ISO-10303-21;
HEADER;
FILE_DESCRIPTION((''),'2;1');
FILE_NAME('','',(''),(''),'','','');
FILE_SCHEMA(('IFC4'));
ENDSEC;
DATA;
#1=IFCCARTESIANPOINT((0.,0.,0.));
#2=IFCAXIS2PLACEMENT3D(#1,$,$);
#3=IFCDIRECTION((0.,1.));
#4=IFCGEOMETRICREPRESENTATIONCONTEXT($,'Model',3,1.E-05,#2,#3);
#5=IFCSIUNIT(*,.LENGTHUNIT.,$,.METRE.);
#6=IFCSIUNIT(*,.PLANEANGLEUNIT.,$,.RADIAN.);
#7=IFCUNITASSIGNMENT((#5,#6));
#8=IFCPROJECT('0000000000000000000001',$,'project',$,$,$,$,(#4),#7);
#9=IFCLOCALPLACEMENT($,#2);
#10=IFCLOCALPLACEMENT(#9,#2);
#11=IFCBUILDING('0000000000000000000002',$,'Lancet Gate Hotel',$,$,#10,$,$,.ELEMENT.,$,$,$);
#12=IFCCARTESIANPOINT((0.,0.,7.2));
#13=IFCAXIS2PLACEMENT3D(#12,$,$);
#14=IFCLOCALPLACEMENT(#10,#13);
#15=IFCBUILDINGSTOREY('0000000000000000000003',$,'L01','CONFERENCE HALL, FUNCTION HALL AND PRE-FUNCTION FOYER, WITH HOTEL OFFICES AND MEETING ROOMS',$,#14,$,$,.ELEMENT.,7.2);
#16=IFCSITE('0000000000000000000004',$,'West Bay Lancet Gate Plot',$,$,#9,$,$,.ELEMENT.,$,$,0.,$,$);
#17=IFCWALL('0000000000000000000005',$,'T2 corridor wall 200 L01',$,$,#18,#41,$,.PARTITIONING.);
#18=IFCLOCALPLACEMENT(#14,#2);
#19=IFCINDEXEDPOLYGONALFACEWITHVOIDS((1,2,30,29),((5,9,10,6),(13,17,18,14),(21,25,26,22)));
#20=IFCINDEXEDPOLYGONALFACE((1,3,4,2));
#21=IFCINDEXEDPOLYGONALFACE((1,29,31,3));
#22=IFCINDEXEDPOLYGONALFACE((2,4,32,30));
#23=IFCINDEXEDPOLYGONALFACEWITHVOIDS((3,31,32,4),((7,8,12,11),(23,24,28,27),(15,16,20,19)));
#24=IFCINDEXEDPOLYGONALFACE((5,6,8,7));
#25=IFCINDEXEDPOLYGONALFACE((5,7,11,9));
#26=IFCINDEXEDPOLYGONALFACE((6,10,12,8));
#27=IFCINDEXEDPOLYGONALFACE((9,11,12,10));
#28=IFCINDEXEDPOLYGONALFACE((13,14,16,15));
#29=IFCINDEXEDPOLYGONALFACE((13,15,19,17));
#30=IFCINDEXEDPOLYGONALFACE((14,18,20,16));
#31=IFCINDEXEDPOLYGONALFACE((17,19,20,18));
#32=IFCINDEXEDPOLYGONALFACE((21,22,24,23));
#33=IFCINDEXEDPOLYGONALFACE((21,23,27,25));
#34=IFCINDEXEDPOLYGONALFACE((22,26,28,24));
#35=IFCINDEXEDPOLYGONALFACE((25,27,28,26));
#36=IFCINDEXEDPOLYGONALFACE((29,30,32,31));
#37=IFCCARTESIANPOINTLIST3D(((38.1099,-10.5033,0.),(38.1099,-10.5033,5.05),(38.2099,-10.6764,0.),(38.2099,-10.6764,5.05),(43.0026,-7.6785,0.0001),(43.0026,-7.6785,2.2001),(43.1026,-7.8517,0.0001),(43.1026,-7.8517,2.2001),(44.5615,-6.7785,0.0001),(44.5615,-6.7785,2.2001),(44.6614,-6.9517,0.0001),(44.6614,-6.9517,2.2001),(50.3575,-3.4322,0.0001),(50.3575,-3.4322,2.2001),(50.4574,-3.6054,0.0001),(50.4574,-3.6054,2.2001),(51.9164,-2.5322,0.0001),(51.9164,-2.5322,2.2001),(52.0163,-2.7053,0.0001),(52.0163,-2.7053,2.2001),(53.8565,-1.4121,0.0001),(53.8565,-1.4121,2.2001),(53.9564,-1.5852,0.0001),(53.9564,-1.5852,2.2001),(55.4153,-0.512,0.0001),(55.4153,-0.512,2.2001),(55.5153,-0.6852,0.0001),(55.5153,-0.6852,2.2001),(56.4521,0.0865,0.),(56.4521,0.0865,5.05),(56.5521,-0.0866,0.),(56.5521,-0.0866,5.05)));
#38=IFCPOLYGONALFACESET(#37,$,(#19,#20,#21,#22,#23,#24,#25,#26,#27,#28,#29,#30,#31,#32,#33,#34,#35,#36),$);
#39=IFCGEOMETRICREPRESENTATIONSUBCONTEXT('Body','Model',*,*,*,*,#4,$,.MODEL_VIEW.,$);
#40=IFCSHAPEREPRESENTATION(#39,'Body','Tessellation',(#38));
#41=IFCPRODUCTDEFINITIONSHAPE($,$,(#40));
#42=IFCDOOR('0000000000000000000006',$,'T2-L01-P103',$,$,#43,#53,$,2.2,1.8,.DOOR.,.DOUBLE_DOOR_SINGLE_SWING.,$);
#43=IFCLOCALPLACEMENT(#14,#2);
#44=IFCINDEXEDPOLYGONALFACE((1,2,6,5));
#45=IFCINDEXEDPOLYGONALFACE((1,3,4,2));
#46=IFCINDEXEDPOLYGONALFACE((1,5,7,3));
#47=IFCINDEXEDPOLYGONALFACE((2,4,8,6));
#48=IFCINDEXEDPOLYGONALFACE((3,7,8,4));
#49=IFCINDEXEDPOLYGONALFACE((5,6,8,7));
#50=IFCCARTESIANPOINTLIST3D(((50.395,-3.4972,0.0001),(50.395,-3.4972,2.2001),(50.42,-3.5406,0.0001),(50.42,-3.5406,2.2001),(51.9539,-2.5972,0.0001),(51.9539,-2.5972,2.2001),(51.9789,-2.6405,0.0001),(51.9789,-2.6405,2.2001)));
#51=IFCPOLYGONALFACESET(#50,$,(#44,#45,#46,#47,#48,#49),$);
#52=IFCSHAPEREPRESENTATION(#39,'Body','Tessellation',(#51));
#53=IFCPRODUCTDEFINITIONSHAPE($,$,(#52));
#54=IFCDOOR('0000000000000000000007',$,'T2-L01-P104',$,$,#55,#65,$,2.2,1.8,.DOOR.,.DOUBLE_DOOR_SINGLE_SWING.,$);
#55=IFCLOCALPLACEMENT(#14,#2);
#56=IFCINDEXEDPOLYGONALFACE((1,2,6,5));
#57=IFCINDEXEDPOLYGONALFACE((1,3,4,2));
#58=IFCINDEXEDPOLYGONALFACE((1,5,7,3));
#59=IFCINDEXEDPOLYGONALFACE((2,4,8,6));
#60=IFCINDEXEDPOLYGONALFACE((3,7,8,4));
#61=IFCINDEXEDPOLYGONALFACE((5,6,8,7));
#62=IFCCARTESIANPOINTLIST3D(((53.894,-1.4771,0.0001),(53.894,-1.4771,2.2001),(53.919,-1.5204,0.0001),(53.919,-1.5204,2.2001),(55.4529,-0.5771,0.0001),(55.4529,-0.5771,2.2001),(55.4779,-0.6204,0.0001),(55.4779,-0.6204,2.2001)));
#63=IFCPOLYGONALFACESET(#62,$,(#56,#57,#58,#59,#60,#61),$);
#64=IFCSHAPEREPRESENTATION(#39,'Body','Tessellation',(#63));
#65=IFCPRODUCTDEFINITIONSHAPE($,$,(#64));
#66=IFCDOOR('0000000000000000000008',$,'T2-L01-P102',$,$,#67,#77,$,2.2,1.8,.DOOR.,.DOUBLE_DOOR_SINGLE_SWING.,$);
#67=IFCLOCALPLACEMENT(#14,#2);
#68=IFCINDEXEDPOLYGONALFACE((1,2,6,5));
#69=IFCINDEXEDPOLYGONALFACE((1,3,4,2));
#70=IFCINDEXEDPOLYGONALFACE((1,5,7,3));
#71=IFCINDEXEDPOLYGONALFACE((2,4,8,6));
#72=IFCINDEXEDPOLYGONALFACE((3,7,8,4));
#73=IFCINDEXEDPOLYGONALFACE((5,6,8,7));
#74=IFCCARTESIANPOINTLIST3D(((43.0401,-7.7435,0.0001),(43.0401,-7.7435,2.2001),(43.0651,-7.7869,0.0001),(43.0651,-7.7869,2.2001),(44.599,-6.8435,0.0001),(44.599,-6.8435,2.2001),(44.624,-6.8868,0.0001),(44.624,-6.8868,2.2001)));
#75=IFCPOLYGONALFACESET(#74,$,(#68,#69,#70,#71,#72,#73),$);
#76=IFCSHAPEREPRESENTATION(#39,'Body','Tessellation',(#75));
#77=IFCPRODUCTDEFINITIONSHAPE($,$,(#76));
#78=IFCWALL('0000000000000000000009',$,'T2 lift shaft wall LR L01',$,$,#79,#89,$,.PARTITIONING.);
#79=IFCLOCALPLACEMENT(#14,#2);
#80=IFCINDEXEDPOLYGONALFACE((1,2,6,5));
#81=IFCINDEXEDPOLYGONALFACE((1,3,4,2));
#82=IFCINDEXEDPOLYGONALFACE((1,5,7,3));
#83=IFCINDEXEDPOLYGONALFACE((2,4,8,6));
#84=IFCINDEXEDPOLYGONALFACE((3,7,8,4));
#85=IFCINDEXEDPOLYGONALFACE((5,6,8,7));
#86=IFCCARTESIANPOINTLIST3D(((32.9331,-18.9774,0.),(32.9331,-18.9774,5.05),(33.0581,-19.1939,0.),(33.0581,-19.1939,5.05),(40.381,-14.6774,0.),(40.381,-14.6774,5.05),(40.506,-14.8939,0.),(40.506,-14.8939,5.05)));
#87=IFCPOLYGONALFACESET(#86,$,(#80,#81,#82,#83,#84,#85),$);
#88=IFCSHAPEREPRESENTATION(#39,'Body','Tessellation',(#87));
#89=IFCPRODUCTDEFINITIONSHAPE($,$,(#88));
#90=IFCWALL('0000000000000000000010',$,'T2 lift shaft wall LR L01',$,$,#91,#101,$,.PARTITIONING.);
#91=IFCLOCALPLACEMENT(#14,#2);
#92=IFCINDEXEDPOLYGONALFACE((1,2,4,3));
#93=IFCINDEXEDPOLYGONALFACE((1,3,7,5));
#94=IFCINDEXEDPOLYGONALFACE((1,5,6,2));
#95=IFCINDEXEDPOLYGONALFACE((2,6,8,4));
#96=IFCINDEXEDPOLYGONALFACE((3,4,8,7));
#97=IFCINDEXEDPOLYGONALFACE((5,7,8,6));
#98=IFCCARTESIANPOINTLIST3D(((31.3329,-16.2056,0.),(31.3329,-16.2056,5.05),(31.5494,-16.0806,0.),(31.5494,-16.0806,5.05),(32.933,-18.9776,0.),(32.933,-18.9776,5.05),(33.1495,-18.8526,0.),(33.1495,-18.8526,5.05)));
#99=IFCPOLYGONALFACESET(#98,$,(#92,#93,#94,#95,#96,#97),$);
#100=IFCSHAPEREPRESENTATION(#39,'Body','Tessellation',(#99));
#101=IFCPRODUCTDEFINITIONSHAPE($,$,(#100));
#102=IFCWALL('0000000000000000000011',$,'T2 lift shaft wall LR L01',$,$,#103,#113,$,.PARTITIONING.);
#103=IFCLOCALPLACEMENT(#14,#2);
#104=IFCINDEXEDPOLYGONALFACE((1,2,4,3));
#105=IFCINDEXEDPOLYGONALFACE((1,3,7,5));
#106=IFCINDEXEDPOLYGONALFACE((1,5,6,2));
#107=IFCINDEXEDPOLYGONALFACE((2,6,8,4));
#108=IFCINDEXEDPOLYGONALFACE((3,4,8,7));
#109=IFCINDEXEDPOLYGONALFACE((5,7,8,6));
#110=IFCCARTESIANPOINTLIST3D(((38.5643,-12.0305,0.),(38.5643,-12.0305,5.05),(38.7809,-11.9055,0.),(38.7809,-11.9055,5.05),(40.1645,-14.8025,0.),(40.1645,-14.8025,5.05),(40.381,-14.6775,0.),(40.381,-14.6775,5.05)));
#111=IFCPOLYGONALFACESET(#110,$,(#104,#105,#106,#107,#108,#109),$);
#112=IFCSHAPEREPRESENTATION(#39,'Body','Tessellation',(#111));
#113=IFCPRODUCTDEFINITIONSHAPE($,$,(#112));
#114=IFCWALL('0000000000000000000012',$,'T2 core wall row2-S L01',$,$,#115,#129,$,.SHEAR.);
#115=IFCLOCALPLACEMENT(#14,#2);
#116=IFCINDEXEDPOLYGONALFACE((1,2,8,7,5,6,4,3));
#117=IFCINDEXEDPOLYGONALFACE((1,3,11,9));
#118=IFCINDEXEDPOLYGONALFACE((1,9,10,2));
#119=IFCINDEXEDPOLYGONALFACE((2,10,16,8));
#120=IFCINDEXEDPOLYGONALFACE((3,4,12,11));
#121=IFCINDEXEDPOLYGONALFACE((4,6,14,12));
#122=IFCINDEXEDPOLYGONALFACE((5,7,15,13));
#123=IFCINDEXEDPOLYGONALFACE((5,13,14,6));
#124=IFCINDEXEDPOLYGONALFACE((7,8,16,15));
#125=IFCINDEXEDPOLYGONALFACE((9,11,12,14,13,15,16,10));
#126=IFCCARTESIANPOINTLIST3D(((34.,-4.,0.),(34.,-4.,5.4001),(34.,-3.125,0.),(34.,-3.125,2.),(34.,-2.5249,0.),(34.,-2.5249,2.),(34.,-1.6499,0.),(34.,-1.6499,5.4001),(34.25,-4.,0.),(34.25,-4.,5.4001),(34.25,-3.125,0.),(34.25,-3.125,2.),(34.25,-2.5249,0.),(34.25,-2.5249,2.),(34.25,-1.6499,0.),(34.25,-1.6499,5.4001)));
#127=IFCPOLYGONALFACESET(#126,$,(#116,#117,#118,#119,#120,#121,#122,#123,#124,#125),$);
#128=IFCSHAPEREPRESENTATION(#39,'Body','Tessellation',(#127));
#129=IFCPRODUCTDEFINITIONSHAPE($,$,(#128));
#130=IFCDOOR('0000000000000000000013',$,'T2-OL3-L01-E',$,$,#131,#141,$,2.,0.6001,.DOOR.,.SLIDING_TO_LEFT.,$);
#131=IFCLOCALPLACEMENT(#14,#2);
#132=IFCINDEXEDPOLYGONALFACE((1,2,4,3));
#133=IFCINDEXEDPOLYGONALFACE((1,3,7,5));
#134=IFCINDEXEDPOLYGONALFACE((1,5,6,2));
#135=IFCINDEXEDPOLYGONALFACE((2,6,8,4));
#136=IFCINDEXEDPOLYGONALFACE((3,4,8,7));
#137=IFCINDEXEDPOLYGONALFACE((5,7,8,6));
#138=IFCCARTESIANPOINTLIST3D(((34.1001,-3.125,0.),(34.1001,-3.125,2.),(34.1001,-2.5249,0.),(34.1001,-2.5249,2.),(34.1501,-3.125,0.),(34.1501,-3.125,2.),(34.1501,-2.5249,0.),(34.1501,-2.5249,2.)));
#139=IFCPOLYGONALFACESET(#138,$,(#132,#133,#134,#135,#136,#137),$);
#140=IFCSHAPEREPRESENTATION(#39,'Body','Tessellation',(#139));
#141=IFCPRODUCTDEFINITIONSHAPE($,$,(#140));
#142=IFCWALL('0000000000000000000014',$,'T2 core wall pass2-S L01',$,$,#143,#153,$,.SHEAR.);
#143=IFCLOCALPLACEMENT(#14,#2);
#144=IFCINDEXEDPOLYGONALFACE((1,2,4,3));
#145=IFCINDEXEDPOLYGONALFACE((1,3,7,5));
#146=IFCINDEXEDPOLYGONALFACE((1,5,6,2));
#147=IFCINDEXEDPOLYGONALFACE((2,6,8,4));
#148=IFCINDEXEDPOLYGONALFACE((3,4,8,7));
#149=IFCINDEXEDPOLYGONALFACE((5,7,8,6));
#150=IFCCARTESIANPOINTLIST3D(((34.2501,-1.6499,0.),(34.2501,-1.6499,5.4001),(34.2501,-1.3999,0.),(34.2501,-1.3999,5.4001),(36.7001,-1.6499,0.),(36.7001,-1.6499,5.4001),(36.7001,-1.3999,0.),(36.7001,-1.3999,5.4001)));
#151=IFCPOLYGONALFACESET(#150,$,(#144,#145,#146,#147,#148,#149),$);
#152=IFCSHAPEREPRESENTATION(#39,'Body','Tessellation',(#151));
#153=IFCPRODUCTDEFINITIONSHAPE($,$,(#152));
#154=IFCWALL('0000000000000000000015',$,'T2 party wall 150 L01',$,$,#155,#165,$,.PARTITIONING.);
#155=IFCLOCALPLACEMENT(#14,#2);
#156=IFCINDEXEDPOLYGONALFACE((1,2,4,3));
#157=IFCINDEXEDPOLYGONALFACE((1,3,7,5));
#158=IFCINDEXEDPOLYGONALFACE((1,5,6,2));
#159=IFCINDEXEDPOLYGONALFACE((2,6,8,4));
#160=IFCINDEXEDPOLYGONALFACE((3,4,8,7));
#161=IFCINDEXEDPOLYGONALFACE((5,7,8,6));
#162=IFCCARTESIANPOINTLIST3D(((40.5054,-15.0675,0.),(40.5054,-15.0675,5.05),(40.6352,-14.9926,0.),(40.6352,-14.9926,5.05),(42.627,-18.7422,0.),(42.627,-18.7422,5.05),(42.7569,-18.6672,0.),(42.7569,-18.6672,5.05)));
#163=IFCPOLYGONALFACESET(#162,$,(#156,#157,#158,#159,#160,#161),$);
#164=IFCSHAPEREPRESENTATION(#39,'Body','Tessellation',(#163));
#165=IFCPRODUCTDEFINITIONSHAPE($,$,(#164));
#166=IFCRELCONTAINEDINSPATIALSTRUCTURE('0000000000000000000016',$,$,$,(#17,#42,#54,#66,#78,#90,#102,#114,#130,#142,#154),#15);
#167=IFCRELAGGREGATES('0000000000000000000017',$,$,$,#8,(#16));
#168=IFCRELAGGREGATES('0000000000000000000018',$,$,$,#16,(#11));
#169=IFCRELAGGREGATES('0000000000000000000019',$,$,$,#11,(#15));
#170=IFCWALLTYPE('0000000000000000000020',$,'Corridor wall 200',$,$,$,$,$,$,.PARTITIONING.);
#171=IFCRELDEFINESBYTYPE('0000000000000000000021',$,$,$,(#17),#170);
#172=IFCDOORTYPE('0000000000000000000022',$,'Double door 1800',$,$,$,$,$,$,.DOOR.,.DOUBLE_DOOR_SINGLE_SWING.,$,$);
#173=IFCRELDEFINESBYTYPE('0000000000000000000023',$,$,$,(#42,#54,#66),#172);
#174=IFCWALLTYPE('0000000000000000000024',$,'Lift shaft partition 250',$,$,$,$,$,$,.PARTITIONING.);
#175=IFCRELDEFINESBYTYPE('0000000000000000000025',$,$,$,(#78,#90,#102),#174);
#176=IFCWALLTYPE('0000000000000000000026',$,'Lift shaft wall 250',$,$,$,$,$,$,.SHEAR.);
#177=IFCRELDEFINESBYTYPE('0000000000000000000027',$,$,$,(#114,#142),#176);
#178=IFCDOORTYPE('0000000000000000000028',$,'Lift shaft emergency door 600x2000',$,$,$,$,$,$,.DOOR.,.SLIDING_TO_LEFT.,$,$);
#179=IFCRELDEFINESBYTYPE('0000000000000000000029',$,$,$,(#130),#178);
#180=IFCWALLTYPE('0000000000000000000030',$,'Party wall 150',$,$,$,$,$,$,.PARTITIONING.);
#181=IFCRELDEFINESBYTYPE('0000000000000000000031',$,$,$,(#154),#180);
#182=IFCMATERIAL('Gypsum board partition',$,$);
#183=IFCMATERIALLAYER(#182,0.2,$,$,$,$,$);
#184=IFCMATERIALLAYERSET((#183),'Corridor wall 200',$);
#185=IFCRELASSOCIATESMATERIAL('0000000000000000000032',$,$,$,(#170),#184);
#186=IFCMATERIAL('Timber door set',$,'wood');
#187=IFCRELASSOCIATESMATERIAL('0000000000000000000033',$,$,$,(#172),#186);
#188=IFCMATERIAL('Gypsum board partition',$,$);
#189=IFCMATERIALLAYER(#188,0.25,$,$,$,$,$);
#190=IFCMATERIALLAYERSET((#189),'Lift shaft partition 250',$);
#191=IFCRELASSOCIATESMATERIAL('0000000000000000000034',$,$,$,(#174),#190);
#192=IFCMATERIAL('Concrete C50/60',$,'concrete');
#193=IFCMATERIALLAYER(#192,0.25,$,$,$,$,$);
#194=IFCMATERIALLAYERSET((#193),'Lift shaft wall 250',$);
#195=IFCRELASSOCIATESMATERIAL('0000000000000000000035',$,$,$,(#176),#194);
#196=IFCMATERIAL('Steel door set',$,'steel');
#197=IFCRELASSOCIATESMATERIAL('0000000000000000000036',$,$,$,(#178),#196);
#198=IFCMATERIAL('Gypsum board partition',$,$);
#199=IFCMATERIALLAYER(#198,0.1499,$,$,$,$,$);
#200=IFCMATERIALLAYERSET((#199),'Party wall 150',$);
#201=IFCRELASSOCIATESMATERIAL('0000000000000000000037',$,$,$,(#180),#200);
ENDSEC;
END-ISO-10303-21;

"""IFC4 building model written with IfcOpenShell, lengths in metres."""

from ifc_helpers import new_model, si_unit, direction, frame, frame_2d, origin, place, context, subcontext, project, spatial, rectangle, extrude, material, layer, layer_set, type_object, element, fill, save


model = new_model("IFC4")

# Units and contexts
model_context = context("Model", 3, precision=1e-05, world=origin(), true_north=direction((0.0, 1.0)))
body_context = subcontext(model_context, "Body", "Model", "MODEL_VIEW")
ifc_project = project(units=[si_unit("LENGTHUNIT", "METRE"), si_unit("PLANEANGLEUNIT", "RADIAN")], contexts=[model_context])

# Site, building, storey
site_placement = place(None, origin())
site = spatial("IfcSite", under=ifc_project, at=site_placement, Name="West Bay Lancet Gate Plot", CompositionType="ELEMENT", RefElevation=0.0)
building_placement = place(site_placement, origin())
building = spatial("IfcBuilding", under=site, at=building_placement, Name="Lancet Gate Hotel", CompositionType="ELEMENT")
storey_placement = place(building_placement, frame((0.0, 0.0, 7.2)))
storey = spatial("IfcBuildingStorey", under=building, at=storey_placement, Name="L01", Description="CONFERENCE HALL, FUNCTION HALL AND PRE-FUNCTION FOYER, WITH HOTEL OFFICES AND MEETING ROOMS", CompositionType="ELEMENT", Elevation=7.2)

# Wall, openings, doors
ifc_material_1 = material(Name="Gypsum board partition")
ifc_layer_1 = layer(ifc_material_1, 0.2)
ifc_layer_set_1 = layer_set([ifc_layer_1], Name="Corridor wall 200")
wall_type_1 = type_object("IfcWallType", Name="Corridor wall 200", PredefinedType="PARTITIONING", material=ifc_layer_set_1)
wall_1_placement = place(storey_placement, frame((38.1599, -10.5898, 0.0), z_axis=(0.0, 0.0, 1.0), x_axis=(0.866027, 0.499997, 0.0)))
wall_1 = element("IfcWall", 1, at=wall_1_placement, inside=storey, type_object=wall_type_1, Name="T2 corridor wall 200 L01", PredefinedType="PARTITIONING", context=body_context, shape_type="SweptSolid", body=[
    extrude(rectangle(XDim=21.1797, YDim=0.2, at=frame_2d((10.5898, 0.0))), origin(), (0.0, 0.0, 1.0), 5.05),
])
opening_1_placement = place(wall_1_placement, frame((14.1423, 0.0, 0.0)))
opening_1 = element("IfcOpeningElement", 2, at=opening_1_placement, cuts=wall_1, PredefinedType="OPENING", context=body_context, shape_type="SweptSolid", body=[
    extrude(rectangle(XDim=1.8, YDim=2.2, at=frame_2d((0.8999, 1.1001))), frame((0.0, 0.1099, 0.0), z_axis=(0.0, -1.0, 0.0), x_axis=(1.0, 0.0, 0.0)), (0.0, 0.0, 1.0), 0.22),
])
opening_2_placement = place(wall_1_placement, frame((18.1826, 0.0, 0.0)))
opening_2 = element("IfcOpeningElement", 3, at=opening_2_placement, cuts=wall_1, PredefinedType="OPENING", context=body_context, shape_type="SweptSolid", body=[
    extrude(rectangle(XDim=1.8, YDim=2.2, at=frame_2d((0.8999, 1.1001))), frame((0.0, 0.1099, 0.0), z_axis=(0.0, -1.0, 0.0), x_axis=(1.0, 0.0, 0.0)), (0.0, 0.0, 1.0), 0.22),
])
opening_3_placement = place(wall_1_placement, frame((5.6497, 0.0, 0.0)))
opening_3 = element("IfcOpeningElement", 4, at=opening_3_placement, cuts=wall_1, PredefinedType="OPENING", context=body_context, shape_type="SweptSolid", body=[
    extrude(rectangle(XDim=1.8, YDim=2.2, at=frame_2d((0.8999, 1.1001))), frame((0.0, 0.1099, 0.0), z_axis=(0.0, -1.0, 0.0), x_axis=(1.0, 0.0, 0.0)), (0.0, 0.0, 1.0), 0.22),
])
ifc_material_2 = material(Name="Timber door set", Category="wood")
door_type_1 = type_object("IfcDoorType", Name="Double door 1800", OperationType="DOUBLE_DOOR_SINGLE_SWING", PredefinedType="DOOR", material=ifc_material_2)
door_1_placement = place(opening_1_placement, origin())
door_1 = element("IfcDoor", 5, at=door_1_placement, inside=storey, type_object=door_type_1, Name="T2-L01-P103", OperationType="DOUBLE_DOOR_SINGLE_SWING", OverallHeight=2.2, OverallWidth=1.8, PredefinedType="DOOR", context=body_context, shape_type="SweptSolid", body=[
    extrude(rectangle(XDim=1.8, YDim=2.2, at=frame_2d((0.8999, 1.1001))), frame((0.0, 0.0249, 0.0), z_axis=(0.0, -1.0, 0.0), x_axis=(1.0, 0.0, 0.0)), (0.0, 0.0, 1.0), 0.05),
])
fill(opening_1, door_1)
door_2_placement = place(opening_2_placement, origin())
door_2 = element("IfcDoor", 6, at=door_2_placement, inside=storey, type_object=door_type_1, Name="T2-L01-P104", OperationType="DOUBLE_DOOR_SINGLE_SWING", OverallHeight=2.2, OverallWidth=1.8, PredefinedType="DOOR", context=body_context, shape_type="SweptSolid", body=[
    extrude(rectangle(XDim=1.8, YDim=2.2, at=frame_2d((0.8999, 1.1001))), frame((0.0, 0.0249, 0.0), z_axis=(0.0, -1.0, 0.0), x_axis=(1.0, 0.0, 0.0)), (0.0, 0.0, 1.0), 0.05),
])
fill(opening_2, door_2)
door_3_placement = place(opening_3_placement, origin())
door_3 = element("IfcDoor", 7, at=door_3_placement, inside=storey, type_object=door_type_1, Name="T2-L01-P102", OperationType="DOUBLE_DOOR_SINGLE_SWING", OverallHeight=2.2, OverallWidth=1.8, PredefinedType="DOOR", context=body_context, shape_type="SweptSolid", body=[
    extrude(rectangle(XDim=1.8, YDim=2.2, at=frame_2d((0.8999, 1.1001))), frame((0.0, 0.0249, 0.0), z_axis=(0.0, -1.0, 0.0), x_axis=(1.0, 0.0, 0.0)), (0.0, 0.0, 1.0), 0.05),
])
fill(opening_3, door_3)

# Walls
ifc_material_3 = material(Name="Gypsum board partition")
ifc_layer_2 = layer(ifc_material_3, 0.25)
ifc_layer_set_2 = layer_set([ifc_layer_2], Name="Lift shaft partition 250")
wall_type_2 = type_object("IfcWallType", Name="Lift shaft partition 250", PredefinedType="PARTITIONING", material=ifc_layer_set_2)
wall_2_placement = place(storey_placement, frame((32.9956, -19.0857, 0.0), z_axis=(0.0, 0.0, 1.0), x_axis=(0.866028, 0.499995, 0.0)))
element("IfcWall", 8, at=wall_2_placement, inside=storey, type_object=wall_type_2, Name="T2 lift shaft wall LR L01", PredefinedType="PARTITIONING", context=body_context, shape_type="SweptSolid", body=[
    extrude(rectangle(XDim=8.6001, YDim=0.25, at=frame_2d((4.3, 0.0))), origin(), (0.0, 0.0, 1.0), 5.05),
])
for number, where, z_axis, x_axis, name in (
    (9, (31.4412, -16.1431, 0.0), (0.0, 0.0, 1.0), (0.499929, -0.866066, 0.0), "T2 lift shaft wall LR L01"),
    (10, (38.6726, -11.968, 0.0), (0.0, 0.0, 1.0), (0.499929, -0.866066, 0.0), "T2 lift shaft wall LR L01"),
):
    element("IfcWall", number, at=place(storey_placement, frame(where, z_axis=z_axis, x_axis=x_axis)), inside=storey, type_object=wall_type_2, Name=name, PredefinedType="PARTITIONING", context=body_context, shape_type="SweptSolid", body=[
        extrude(rectangle(XDim=3.2007, YDim=0.25, at=frame_2d((1.6003, 0.0))), origin(), (0.0, 0.0, 1.0), 5.05),
    ])

# Wall, opening, door
ifc_material_4 = material(Name="Concrete C50/60", Category="concrete")
ifc_layer_3 = layer(ifc_material_4, 0.25)
ifc_layer_set_3 = layer_set([ifc_layer_3], Name="Lift shaft wall 250")
wall_type_3 = type_object("IfcWallType", Name="Lift shaft wall 250", PredefinedType="SHEAR", material=ifc_layer_set_3)
wall_3_placement = place(storey_placement, frame((34.125, -4.0, 0.0), z_axis=(0.0, 0.0, 1.0), x_axis=(0.0, 1.0, 0.0)))
wall_3 = element("IfcWall", 11, at=wall_3_placement, inside=storey, type_object=wall_type_3, Name="T2 core wall row2-S L01", PredefinedType="SHEAR", context=body_context, shape_type="SweptSolid", body=[
    extrude(rectangle(XDim=2.3501, YDim=0.25, at=frame_2d((1.175, 0.0))), origin(), (0.0, 0.0, 1.0), 5.4001),
])
opening_4_placement = place(wall_3_placement, frame((0.875, 0.0, 0.0)))
opening_4 = element("IfcOpeningElement", 12, at=opening_4_placement, cuts=wall_3, PredefinedType="OPENING", context=body_context, shape_type="SweptSolid", body=[
    extrude(rectangle(XDim=0.6001, YDim=2.0, at=frame_2d((0.3, 1.0))), frame((0.0, 0.135, 0.0), z_axis=(0.0, -1.0, 0.0), x_axis=(1.0, 0.0, 0.0)), (0.0, 0.0, 1.0), 0.27),
])
ifc_material_5 = material(Name="Steel door set", Category="steel")
door_type_2 = type_object("IfcDoorType", Name="Lift shaft emergency door 600x2000", OperationType="SLIDING_TO_LEFT", PredefinedType="DOOR", material=ifc_material_5)
door_4_placement = place(opening_4_placement, origin())
door_4 = element("IfcDoor", 13, at=door_4_placement, inside=storey, type_object=door_type_2, Name="T2-OL3-L01-E", OperationType="SLIDING_TO_LEFT", OverallHeight=2.0, OverallWidth=0.6001, PredefinedType="DOOR", context=body_context, shape_type="SweptSolid", body=[
    extrude(rectangle(XDim=0.6001, YDim=2.0, at=frame_2d((0.3, 1.0))), frame((0.0, 0.0249, 0.0), z_axis=(0.0, -1.0, 0.0), x_axis=(1.0, 0.0, 0.0)), (0.0, 0.0, 1.0), 0.05),
])
fill(opening_4, door_4)

# Walls
wall_4_placement = place(storey_placement, frame((34.25, -1.5249, 0.0), z_axis=(0.0, 0.0, 1.0), x_axis=(1.0, 0.0, 0.0)))
element("IfcWall", 14, at=wall_4_placement, inside=storey, type_object=wall_type_3, Name="T2 core wall pass2-S L01", PredefinedType="SHEAR", context=body_context, shape_type="SweptSolid", body=[
    extrude(rectangle(XDim=2.45, YDim=0.25, at=frame_2d((1.2251, 0.0))), origin(), (0.0, 0.0, 1.0), 5.4001),
])
ifc_material_6 = material(Name="Gypsum board partition")
ifc_layer_4 = layer(ifc_material_6, 0.1499)
ifc_layer_set_4 = layer_set([ifc_layer_4], Name="Party wall 150")
wall_type_4 = type_object("IfcWallType", Name="Party wall 150", PredefinedType="PARTITIONING", material=ifc_layer_set_4)
wall_5_placement = place(storey_placement, frame((40.5703, -15.03, 0.0), z_axis=(0.0, 0.0, 1.0), x_axis=(0.500013, -0.866018, 0.0)))
element("IfcWall", 15, at=wall_5_placement, inside=storey, type_object=wall_type_4, Name="T2 party wall 150 L01", PredefinedType="PARTITIONING", context=body_context, shape_type="SweptSolid", body=[
    extrude(rectangle(XDim=4.2432, YDim=0.1499, at=frame_2d((2.1216, 0.0))), origin(), (0.0, 0.0, 1.0), 5.05),
])

save(model, "model.ifc")
